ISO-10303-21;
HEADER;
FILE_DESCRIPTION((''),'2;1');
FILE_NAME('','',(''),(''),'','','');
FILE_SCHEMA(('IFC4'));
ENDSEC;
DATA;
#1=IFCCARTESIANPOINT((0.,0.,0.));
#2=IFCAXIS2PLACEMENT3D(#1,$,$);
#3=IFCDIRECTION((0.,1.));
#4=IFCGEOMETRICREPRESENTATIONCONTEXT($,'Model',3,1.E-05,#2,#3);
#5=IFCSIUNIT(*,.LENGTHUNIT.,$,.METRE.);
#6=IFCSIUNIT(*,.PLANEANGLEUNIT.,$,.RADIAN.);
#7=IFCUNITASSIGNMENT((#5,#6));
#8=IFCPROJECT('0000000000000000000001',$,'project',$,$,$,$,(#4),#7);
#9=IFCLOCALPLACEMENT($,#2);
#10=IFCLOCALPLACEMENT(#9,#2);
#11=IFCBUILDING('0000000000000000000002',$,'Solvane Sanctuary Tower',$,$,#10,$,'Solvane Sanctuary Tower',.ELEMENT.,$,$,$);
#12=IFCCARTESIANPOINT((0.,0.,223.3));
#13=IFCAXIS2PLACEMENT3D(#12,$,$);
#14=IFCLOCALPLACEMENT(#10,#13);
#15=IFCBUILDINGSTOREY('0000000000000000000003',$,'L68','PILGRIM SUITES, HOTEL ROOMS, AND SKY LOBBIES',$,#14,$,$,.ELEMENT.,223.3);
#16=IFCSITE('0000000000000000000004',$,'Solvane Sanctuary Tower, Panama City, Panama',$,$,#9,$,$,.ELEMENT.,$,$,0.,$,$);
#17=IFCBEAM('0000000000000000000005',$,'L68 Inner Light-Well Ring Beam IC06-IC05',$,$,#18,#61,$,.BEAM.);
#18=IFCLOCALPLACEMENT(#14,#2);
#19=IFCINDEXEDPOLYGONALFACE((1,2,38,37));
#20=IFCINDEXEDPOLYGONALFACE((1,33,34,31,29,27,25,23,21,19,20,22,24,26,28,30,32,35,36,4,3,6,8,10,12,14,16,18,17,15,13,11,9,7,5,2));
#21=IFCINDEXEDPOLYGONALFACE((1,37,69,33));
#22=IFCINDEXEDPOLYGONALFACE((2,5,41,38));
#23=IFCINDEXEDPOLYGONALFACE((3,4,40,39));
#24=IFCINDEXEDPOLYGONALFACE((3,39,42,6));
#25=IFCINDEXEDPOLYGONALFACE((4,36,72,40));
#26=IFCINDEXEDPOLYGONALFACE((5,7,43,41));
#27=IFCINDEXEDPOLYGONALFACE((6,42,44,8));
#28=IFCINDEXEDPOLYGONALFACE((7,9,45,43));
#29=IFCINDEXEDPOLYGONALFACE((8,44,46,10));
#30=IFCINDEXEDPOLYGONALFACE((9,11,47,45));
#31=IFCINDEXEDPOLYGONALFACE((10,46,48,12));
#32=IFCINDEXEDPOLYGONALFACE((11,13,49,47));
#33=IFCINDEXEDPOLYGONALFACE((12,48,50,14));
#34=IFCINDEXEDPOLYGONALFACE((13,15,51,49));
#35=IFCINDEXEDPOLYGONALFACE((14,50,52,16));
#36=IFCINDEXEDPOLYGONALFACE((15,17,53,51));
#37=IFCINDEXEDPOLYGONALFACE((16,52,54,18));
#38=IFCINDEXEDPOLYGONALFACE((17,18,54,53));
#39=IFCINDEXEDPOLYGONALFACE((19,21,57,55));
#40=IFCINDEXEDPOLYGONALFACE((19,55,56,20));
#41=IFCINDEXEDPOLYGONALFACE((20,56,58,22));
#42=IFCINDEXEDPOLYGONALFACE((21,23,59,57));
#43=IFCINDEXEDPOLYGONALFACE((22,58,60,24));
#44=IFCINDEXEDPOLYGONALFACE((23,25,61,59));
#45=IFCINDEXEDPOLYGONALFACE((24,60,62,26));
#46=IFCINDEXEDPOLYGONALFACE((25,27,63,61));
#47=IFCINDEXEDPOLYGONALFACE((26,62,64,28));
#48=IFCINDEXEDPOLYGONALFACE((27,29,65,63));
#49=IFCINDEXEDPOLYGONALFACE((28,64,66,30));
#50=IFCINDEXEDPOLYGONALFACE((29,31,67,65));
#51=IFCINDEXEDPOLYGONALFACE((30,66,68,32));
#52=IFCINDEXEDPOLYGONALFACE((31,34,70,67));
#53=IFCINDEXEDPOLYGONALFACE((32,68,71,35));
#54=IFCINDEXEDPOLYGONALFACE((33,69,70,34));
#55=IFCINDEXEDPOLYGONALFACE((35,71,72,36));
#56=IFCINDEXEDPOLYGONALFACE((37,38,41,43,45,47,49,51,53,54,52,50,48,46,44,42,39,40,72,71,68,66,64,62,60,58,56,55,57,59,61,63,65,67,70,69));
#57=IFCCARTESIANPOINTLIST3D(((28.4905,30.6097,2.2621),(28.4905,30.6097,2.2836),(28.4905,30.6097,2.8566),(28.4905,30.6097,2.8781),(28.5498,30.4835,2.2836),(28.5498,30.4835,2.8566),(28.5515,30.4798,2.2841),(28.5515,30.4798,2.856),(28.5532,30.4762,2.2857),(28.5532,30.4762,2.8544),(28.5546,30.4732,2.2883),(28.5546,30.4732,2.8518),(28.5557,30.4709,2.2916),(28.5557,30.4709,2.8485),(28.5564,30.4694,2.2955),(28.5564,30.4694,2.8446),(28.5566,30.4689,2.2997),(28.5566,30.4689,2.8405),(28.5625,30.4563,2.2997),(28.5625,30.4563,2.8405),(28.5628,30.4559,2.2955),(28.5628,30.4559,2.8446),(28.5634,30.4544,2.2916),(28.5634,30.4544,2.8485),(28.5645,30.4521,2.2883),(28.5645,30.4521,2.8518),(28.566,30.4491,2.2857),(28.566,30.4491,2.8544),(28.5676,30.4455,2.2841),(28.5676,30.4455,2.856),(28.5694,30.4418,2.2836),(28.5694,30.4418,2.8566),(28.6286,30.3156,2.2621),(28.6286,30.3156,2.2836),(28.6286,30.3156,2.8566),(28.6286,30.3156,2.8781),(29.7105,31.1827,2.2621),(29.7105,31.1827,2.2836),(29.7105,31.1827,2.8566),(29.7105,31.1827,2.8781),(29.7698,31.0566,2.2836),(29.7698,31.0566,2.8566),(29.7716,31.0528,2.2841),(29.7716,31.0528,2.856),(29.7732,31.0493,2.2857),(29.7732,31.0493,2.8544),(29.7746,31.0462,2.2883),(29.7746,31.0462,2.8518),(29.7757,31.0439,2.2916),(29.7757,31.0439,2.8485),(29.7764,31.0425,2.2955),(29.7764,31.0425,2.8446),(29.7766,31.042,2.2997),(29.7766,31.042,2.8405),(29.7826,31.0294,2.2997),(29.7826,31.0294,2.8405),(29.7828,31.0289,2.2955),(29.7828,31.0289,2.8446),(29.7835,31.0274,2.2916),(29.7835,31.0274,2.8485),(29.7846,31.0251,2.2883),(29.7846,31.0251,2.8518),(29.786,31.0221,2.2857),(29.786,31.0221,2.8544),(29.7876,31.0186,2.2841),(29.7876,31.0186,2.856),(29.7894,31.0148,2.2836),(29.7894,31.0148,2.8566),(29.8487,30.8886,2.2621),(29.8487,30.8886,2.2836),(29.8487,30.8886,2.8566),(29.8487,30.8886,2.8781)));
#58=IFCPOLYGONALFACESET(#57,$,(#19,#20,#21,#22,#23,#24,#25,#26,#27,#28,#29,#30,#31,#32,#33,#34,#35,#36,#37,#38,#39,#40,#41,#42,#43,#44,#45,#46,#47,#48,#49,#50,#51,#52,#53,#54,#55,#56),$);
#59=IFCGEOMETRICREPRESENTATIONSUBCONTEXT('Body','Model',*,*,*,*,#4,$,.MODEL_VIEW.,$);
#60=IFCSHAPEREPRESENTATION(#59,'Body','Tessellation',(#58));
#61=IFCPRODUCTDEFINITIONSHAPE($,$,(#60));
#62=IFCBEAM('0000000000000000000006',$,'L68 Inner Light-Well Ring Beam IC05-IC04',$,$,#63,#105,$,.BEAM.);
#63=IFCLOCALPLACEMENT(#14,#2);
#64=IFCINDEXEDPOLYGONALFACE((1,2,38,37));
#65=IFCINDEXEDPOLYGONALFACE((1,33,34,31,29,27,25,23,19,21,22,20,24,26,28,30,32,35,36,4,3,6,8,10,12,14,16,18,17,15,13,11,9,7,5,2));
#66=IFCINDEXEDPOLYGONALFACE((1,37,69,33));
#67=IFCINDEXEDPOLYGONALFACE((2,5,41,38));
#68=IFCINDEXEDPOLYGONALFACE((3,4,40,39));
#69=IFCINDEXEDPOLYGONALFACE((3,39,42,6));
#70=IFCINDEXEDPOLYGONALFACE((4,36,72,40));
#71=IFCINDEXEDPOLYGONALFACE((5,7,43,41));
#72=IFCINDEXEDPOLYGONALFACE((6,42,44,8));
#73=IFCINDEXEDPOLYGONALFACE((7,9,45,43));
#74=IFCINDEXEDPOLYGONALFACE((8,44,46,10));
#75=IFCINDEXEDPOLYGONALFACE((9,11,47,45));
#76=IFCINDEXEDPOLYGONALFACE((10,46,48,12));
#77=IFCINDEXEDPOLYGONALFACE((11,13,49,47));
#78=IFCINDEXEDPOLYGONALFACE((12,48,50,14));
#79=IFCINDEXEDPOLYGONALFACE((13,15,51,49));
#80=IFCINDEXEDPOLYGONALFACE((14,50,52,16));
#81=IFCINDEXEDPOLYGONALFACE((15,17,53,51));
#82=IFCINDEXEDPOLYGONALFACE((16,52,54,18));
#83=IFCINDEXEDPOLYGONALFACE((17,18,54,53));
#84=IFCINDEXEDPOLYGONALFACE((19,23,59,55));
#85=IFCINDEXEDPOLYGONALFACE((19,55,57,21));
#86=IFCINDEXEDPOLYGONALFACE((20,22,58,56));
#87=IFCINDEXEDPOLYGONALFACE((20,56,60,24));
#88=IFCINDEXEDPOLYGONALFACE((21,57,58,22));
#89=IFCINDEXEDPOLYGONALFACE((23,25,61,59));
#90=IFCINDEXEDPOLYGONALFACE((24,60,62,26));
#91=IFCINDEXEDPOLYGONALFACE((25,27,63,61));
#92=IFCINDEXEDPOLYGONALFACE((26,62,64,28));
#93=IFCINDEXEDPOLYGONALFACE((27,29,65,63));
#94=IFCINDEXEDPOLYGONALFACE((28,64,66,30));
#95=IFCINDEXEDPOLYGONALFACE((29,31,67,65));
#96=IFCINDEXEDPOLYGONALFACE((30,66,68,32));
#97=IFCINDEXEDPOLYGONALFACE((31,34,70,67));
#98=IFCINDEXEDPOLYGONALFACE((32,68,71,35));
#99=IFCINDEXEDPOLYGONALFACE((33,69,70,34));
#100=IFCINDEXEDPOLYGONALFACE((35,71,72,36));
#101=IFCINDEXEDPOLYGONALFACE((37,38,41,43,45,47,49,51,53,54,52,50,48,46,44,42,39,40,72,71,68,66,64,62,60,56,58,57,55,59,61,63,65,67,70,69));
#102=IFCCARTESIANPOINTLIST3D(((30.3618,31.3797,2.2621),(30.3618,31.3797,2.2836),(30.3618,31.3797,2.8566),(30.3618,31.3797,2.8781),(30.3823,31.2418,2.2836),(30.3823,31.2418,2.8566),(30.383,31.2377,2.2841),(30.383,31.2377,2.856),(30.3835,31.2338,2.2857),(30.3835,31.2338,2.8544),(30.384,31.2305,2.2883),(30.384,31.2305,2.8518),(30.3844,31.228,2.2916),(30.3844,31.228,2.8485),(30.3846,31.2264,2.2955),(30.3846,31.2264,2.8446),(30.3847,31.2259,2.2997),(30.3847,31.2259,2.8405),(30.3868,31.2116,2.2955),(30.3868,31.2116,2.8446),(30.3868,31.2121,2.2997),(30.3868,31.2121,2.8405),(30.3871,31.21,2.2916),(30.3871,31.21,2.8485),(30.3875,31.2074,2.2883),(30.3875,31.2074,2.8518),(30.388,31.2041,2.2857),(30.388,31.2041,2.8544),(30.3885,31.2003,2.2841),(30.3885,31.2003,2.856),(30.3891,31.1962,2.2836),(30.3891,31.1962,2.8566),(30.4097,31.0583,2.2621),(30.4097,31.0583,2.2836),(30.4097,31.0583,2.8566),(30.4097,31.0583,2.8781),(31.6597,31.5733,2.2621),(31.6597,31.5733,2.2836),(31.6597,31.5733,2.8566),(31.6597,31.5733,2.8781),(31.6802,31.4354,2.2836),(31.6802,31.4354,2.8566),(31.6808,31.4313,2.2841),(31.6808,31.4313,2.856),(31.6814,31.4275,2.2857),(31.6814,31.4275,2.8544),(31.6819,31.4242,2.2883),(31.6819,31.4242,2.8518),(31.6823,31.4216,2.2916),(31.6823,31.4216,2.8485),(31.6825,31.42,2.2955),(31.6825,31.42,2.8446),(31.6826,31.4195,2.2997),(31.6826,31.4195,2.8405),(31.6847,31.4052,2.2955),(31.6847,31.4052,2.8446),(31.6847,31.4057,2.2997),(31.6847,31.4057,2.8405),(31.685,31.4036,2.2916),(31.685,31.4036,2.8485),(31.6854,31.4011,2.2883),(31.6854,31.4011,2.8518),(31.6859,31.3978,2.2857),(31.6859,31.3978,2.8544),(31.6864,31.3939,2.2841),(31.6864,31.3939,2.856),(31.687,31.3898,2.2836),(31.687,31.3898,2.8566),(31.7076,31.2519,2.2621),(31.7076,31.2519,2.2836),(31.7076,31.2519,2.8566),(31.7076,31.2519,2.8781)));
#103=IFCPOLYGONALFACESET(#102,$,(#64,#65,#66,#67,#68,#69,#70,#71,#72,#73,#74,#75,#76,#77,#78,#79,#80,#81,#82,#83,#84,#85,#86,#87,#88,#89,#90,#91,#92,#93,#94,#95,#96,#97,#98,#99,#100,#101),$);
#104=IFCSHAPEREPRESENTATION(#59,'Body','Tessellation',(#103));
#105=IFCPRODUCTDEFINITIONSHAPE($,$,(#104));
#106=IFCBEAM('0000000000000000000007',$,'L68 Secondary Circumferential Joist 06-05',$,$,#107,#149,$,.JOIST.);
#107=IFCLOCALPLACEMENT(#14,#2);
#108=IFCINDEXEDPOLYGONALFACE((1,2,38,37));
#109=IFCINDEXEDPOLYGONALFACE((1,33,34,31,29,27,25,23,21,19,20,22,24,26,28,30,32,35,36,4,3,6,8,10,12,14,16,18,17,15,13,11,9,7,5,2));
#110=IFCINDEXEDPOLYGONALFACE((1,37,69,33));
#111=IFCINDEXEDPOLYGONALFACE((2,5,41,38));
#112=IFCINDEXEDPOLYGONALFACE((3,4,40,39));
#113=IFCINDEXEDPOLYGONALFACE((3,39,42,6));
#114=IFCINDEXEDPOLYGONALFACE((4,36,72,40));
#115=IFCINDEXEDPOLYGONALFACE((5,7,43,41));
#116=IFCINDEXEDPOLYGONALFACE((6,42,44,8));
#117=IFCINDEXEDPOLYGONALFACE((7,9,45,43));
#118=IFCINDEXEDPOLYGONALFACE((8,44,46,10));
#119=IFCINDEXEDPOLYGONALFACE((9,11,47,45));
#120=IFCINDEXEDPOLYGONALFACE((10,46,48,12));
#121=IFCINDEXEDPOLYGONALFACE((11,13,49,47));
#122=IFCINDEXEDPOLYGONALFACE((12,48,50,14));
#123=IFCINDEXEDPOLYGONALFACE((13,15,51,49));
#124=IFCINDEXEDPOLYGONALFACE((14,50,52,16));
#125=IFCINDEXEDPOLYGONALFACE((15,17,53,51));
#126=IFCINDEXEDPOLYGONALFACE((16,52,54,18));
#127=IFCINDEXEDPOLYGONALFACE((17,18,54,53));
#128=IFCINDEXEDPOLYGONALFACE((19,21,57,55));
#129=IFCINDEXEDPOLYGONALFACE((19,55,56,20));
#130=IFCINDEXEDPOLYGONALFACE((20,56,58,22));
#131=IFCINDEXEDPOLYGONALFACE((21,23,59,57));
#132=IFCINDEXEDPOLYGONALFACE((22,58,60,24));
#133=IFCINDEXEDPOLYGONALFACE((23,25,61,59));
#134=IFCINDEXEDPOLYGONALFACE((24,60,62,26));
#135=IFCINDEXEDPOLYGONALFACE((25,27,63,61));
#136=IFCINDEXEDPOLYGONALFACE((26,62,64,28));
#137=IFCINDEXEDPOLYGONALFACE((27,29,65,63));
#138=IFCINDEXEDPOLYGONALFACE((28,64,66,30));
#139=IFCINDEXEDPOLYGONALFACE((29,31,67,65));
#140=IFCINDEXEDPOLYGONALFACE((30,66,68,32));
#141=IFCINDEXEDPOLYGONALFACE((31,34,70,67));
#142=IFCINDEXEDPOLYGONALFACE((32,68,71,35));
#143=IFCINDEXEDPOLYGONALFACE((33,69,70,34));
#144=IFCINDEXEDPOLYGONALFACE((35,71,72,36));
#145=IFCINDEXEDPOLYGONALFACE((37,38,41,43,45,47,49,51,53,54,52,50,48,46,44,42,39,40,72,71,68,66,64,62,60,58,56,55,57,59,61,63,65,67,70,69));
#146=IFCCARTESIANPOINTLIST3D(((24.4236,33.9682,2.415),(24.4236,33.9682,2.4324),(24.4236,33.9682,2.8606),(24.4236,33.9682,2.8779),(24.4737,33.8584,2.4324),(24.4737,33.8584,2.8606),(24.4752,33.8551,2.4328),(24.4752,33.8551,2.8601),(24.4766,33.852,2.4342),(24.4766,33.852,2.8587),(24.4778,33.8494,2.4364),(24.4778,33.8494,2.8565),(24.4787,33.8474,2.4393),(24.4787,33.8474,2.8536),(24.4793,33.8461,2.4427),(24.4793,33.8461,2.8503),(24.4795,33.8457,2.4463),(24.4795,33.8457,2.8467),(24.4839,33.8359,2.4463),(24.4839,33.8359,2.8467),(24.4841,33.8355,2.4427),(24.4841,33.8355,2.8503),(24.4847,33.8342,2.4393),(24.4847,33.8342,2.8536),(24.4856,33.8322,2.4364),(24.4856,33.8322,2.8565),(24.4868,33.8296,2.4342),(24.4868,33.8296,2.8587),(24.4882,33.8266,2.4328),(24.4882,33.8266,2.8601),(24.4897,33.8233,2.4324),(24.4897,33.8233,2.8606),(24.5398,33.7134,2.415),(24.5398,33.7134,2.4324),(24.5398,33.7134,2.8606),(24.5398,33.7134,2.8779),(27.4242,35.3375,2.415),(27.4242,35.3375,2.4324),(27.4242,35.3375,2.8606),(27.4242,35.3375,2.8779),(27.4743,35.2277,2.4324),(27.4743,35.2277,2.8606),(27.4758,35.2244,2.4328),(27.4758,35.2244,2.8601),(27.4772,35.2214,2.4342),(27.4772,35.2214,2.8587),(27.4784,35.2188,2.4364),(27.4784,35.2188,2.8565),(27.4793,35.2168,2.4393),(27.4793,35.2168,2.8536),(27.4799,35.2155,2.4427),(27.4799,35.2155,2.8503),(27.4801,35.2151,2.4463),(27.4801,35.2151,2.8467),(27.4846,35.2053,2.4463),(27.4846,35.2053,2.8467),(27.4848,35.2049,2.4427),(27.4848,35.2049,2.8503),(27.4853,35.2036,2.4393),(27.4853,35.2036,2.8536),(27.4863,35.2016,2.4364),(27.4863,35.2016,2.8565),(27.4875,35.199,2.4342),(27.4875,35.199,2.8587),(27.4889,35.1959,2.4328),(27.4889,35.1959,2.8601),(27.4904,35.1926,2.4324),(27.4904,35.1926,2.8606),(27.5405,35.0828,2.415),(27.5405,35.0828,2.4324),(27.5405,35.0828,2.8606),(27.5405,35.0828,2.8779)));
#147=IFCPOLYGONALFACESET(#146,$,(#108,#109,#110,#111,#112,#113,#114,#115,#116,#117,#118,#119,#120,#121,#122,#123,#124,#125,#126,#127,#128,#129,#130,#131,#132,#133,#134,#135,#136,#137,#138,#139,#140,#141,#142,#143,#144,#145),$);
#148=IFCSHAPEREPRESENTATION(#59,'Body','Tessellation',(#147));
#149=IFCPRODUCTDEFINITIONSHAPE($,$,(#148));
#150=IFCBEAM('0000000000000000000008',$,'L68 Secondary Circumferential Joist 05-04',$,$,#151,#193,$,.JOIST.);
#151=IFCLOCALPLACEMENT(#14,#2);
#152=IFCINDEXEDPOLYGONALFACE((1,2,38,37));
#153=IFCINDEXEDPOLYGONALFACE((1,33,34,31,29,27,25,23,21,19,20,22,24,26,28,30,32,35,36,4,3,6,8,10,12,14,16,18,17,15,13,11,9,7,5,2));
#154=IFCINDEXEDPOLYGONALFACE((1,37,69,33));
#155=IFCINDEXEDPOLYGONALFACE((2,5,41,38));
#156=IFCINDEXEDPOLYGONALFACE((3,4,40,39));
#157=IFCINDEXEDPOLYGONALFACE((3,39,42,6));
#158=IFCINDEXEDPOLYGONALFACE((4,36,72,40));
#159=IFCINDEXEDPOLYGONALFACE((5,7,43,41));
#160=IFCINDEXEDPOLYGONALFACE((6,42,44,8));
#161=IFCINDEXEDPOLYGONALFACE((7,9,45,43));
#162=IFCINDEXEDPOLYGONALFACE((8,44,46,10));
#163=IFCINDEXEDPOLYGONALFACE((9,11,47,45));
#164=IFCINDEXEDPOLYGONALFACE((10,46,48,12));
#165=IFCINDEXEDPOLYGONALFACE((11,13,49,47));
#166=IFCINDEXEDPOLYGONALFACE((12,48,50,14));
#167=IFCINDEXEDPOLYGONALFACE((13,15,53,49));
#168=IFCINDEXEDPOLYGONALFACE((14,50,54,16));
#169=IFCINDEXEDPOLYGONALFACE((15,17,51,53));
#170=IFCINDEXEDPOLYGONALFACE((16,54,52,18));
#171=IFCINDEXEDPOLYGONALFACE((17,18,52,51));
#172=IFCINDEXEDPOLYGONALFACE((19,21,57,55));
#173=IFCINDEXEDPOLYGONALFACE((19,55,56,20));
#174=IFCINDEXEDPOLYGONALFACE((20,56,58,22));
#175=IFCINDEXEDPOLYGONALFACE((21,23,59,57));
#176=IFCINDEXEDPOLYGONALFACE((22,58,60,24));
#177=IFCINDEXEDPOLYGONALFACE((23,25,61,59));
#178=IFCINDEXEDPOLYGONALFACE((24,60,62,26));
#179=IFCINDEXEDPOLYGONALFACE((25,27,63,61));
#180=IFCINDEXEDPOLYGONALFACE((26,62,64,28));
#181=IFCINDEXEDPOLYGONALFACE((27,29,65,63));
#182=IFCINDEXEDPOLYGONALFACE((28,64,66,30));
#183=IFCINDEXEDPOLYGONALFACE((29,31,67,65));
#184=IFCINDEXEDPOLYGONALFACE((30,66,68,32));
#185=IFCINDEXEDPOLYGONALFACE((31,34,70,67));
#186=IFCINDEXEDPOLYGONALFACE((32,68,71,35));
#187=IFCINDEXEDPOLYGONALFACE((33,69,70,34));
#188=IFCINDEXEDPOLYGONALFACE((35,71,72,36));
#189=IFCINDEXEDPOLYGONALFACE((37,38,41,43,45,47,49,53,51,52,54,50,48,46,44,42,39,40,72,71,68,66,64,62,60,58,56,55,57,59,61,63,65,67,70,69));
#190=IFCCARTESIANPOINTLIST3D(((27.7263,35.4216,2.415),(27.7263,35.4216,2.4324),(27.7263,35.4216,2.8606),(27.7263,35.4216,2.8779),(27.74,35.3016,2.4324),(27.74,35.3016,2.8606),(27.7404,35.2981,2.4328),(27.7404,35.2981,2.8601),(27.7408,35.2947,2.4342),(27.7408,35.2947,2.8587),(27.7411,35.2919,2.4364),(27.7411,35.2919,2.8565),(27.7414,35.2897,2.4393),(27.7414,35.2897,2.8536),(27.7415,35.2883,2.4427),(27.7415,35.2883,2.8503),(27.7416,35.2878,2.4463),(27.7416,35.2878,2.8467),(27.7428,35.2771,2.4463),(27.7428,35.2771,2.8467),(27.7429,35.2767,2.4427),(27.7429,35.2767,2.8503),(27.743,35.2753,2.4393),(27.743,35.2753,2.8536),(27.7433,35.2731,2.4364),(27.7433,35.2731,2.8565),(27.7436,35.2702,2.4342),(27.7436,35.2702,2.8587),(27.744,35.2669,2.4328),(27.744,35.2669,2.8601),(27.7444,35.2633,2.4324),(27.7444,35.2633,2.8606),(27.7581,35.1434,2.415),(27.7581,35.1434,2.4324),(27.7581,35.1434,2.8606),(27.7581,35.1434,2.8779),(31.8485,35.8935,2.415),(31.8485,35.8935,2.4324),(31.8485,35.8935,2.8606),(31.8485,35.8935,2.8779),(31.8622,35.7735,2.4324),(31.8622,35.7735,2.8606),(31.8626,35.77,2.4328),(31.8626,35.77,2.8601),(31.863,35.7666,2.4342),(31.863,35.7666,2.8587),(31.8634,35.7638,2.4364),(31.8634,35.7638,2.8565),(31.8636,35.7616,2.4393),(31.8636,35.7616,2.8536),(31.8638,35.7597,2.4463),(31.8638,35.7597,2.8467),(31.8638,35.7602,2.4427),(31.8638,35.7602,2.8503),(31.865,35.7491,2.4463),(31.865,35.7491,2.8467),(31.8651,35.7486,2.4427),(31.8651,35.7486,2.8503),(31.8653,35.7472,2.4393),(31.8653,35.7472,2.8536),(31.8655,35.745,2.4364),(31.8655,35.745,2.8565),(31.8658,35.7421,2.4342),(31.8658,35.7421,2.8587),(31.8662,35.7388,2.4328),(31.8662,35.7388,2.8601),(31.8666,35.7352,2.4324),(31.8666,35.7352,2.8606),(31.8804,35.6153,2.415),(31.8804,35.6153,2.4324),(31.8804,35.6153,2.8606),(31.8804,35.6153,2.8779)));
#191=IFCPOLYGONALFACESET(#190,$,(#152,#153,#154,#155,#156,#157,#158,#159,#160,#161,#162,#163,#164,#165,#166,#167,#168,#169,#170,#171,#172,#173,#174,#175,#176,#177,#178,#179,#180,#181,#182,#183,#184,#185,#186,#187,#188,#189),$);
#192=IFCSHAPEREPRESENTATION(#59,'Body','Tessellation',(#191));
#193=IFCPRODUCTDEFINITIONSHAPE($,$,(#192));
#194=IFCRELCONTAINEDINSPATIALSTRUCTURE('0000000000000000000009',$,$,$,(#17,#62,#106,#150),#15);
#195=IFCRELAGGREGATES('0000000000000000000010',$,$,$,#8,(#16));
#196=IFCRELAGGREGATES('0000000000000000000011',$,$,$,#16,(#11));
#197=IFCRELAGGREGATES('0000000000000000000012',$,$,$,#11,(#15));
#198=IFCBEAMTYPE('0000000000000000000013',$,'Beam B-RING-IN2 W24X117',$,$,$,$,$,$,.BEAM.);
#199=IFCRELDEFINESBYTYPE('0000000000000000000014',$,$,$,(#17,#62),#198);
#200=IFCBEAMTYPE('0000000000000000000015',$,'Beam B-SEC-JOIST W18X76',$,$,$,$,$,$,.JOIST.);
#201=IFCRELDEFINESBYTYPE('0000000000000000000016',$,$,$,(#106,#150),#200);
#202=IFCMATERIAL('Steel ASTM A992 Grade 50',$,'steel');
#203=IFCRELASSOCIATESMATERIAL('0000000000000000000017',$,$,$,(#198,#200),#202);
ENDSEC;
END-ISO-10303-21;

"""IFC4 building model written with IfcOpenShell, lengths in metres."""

from ifc_helpers import new_model, si_unit, direction, frame, origin, origin_2d, place, context, subcontext, project, spatial, i_section, extrude, material, material_profile, profile_set, type_object, element, save


model = new_model("IFC4")

# Units and contexts
model_context = context("Model", 3, precision=1e-05, world=origin(), true_north=direction((0.0, 1.0)))
body_context = subcontext(model_context, "Body", "Model", "MODEL_VIEW")
ifc_project = project(units=[si_unit("LENGTHUNIT", "METRE"), si_unit("PLANEANGLEUNIT", "RADIAN")], contexts=[model_context])

# Site, building, storey
site_placement = place(None, origin())
site = spatial("IfcSite", under=ifc_project, at=site_placement, Name="Solvane Sanctuary Tower, Panama City, Panama", CompositionType="ELEMENT", RefElevation=0.0)
building_placement = place(site_placement, origin())
building = spatial("IfcBuilding", under=site, at=building_placement, Name="Solvane Sanctuary Tower", LongName="Solvane Sanctuary Tower", CompositionType="ELEMENT")
storey_placement = place(building_placement, frame((0.0, 0.0, 223.3)))
storey = spatial("IfcBuildingStorey", under=building, at=storey_placement, Name="L68", Description="PILGRIM SUITES, HOTEL ROOMS, AND SKY LOBBIES", CompositionType="ELEMENT", Elevation=223.3)

# Beams
ifc_material_1 = material(Name="Steel ASTM A992 Grade 50", Category="steel")
ifc_material_profile_1 = material_profile(ifc_material_1, i_section(OverallWidth=0.325, OverallDepth=0.616, WebThickness=0.0139, FlangeThickness=0.0215, FilletRadius=0.0161, at=origin_2d()), Name="W24X117")
ifc_profile_set_1 = profile_set([ifc_material_profile_1], Name="Steel ASTM A992 Grade 50")
beam_type_1 = type_object("IfcBeamType", Name="Beam B-RING-IN2 W24X117", PredefinedType="BEAM", material=ifc_profile_set_1)
beam_1_placement = place(storey_placement, frame((28.5596, 30.4626, 2.5701), z_axis=(0.905135, 0.425125, 0.0), x_axis=(-0.425125, 0.905135, 0.0)))
element("IfcBeam", 1, at=beam_1_placement, inside=storey, type_object=beam_type_1, Name="L68 Inner Light-Well Ring Beam IC06-IC05", PredefinedType="BEAM", context=body_context, shape_type="SweptSolid", body=[
    extrude(i_section(OverallWidth=0.325, OverallDepth=0.616, WebThickness=0.0139, FlangeThickness=0.0215, FilletRadius=0.0161, at=origin_2d()), origin(), (0.0, 0.0, 1.0), 1.3479),
])
beam_2_placement = place(storey_placement, frame((30.3857, 31.219, 2.5701), z_axis=(0.989056, 0.14754, 0.0), x_axis=(-0.14754, 0.989056, 0.0)))
element("IfcBeam", 2, at=beam_2_placement, inside=storey, type_object=beam_type_1, Name="L68 Inner Light-Well Ring Beam IC05-IC04", PredefinedType="BEAM", context=body_context, shape_type="SweptSolid", body=[
    extrude(i_section(OverallWidth=0.325, OverallDepth=0.616, WebThickness=0.0139, FlangeThickness=0.0215, FilletRadius=0.0161, at=origin_2d()), origin(), (0.0, 0.0, 1.0), 1.3123),
])
ifc_material_profile_2 = material_profile(ifc_material_1, i_section(OverallWidth=0.28, OverallDepth=0.4629, WebThickness=0.0107, FlangeThickness=0.0173, FilletRadius=0.0139, at=origin_2d()), Name="W18X76")
ifc_profile_set_2 = profile_set([ifc_material_profile_2], Name="Steel ASTM A992 Grade 50")
beam_type_2 = type_object("IfcBeamType", Name="Beam B-SEC-JOIST W18X76", PredefinedType="JOIST", material=ifc_profile_set_2)
beam_3_placement = place(storey_placement, frame((24.4817, 33.8408, 2.6465), z_axis=(0.909747, 0.415163, 0.0), x_axis=(-0.415163, 0.909747, 0.0)))
element("IfcBeam", 3, at=beam_3_placement, inside=storey, type_object=beam_type_2, Name="L68 Secondary Circumferential Joist 06-05", PredefinedType="JOIST", context=body_context, shape_type="SweptSolid", body=[
    extrude(i_section(OverallWidth=0.28, OverallDepth=0.4629, WebThickness=0.0107, FlangeThickness=0.0173, FilletRadius=0.0139, at=origin_2d()), origin(), (0.0, 0.0, 1.0), 3.2983),
])
beam_4_placement = place(storey_placement, frame((27.7422, 35.2825, 2.6465), z_axis=(0.993511, 0.113737, 0.0), x_axis=(-0.113737, 0.993511, 0.0)))
element("IfcBeam", 4, at=beam_4_placement, inside=storey, type_object=beam_type_2, Name="L68 Secondary Circumferential Joist 05-04", PredefinedType="JOIST", context=body_context, shape_type="SweptSolid", body=[
    extrude(i_section(OverallWidth=0.28, OverallDepth=0.4629, WebThickness=0.0107, FlangeThickness=0.0173, FilletRadius=0.0139, at=origin_2d()), origin(), (0.0, 0.0, 1.0), 4.1492),
])

save(model, "model.ifc")
